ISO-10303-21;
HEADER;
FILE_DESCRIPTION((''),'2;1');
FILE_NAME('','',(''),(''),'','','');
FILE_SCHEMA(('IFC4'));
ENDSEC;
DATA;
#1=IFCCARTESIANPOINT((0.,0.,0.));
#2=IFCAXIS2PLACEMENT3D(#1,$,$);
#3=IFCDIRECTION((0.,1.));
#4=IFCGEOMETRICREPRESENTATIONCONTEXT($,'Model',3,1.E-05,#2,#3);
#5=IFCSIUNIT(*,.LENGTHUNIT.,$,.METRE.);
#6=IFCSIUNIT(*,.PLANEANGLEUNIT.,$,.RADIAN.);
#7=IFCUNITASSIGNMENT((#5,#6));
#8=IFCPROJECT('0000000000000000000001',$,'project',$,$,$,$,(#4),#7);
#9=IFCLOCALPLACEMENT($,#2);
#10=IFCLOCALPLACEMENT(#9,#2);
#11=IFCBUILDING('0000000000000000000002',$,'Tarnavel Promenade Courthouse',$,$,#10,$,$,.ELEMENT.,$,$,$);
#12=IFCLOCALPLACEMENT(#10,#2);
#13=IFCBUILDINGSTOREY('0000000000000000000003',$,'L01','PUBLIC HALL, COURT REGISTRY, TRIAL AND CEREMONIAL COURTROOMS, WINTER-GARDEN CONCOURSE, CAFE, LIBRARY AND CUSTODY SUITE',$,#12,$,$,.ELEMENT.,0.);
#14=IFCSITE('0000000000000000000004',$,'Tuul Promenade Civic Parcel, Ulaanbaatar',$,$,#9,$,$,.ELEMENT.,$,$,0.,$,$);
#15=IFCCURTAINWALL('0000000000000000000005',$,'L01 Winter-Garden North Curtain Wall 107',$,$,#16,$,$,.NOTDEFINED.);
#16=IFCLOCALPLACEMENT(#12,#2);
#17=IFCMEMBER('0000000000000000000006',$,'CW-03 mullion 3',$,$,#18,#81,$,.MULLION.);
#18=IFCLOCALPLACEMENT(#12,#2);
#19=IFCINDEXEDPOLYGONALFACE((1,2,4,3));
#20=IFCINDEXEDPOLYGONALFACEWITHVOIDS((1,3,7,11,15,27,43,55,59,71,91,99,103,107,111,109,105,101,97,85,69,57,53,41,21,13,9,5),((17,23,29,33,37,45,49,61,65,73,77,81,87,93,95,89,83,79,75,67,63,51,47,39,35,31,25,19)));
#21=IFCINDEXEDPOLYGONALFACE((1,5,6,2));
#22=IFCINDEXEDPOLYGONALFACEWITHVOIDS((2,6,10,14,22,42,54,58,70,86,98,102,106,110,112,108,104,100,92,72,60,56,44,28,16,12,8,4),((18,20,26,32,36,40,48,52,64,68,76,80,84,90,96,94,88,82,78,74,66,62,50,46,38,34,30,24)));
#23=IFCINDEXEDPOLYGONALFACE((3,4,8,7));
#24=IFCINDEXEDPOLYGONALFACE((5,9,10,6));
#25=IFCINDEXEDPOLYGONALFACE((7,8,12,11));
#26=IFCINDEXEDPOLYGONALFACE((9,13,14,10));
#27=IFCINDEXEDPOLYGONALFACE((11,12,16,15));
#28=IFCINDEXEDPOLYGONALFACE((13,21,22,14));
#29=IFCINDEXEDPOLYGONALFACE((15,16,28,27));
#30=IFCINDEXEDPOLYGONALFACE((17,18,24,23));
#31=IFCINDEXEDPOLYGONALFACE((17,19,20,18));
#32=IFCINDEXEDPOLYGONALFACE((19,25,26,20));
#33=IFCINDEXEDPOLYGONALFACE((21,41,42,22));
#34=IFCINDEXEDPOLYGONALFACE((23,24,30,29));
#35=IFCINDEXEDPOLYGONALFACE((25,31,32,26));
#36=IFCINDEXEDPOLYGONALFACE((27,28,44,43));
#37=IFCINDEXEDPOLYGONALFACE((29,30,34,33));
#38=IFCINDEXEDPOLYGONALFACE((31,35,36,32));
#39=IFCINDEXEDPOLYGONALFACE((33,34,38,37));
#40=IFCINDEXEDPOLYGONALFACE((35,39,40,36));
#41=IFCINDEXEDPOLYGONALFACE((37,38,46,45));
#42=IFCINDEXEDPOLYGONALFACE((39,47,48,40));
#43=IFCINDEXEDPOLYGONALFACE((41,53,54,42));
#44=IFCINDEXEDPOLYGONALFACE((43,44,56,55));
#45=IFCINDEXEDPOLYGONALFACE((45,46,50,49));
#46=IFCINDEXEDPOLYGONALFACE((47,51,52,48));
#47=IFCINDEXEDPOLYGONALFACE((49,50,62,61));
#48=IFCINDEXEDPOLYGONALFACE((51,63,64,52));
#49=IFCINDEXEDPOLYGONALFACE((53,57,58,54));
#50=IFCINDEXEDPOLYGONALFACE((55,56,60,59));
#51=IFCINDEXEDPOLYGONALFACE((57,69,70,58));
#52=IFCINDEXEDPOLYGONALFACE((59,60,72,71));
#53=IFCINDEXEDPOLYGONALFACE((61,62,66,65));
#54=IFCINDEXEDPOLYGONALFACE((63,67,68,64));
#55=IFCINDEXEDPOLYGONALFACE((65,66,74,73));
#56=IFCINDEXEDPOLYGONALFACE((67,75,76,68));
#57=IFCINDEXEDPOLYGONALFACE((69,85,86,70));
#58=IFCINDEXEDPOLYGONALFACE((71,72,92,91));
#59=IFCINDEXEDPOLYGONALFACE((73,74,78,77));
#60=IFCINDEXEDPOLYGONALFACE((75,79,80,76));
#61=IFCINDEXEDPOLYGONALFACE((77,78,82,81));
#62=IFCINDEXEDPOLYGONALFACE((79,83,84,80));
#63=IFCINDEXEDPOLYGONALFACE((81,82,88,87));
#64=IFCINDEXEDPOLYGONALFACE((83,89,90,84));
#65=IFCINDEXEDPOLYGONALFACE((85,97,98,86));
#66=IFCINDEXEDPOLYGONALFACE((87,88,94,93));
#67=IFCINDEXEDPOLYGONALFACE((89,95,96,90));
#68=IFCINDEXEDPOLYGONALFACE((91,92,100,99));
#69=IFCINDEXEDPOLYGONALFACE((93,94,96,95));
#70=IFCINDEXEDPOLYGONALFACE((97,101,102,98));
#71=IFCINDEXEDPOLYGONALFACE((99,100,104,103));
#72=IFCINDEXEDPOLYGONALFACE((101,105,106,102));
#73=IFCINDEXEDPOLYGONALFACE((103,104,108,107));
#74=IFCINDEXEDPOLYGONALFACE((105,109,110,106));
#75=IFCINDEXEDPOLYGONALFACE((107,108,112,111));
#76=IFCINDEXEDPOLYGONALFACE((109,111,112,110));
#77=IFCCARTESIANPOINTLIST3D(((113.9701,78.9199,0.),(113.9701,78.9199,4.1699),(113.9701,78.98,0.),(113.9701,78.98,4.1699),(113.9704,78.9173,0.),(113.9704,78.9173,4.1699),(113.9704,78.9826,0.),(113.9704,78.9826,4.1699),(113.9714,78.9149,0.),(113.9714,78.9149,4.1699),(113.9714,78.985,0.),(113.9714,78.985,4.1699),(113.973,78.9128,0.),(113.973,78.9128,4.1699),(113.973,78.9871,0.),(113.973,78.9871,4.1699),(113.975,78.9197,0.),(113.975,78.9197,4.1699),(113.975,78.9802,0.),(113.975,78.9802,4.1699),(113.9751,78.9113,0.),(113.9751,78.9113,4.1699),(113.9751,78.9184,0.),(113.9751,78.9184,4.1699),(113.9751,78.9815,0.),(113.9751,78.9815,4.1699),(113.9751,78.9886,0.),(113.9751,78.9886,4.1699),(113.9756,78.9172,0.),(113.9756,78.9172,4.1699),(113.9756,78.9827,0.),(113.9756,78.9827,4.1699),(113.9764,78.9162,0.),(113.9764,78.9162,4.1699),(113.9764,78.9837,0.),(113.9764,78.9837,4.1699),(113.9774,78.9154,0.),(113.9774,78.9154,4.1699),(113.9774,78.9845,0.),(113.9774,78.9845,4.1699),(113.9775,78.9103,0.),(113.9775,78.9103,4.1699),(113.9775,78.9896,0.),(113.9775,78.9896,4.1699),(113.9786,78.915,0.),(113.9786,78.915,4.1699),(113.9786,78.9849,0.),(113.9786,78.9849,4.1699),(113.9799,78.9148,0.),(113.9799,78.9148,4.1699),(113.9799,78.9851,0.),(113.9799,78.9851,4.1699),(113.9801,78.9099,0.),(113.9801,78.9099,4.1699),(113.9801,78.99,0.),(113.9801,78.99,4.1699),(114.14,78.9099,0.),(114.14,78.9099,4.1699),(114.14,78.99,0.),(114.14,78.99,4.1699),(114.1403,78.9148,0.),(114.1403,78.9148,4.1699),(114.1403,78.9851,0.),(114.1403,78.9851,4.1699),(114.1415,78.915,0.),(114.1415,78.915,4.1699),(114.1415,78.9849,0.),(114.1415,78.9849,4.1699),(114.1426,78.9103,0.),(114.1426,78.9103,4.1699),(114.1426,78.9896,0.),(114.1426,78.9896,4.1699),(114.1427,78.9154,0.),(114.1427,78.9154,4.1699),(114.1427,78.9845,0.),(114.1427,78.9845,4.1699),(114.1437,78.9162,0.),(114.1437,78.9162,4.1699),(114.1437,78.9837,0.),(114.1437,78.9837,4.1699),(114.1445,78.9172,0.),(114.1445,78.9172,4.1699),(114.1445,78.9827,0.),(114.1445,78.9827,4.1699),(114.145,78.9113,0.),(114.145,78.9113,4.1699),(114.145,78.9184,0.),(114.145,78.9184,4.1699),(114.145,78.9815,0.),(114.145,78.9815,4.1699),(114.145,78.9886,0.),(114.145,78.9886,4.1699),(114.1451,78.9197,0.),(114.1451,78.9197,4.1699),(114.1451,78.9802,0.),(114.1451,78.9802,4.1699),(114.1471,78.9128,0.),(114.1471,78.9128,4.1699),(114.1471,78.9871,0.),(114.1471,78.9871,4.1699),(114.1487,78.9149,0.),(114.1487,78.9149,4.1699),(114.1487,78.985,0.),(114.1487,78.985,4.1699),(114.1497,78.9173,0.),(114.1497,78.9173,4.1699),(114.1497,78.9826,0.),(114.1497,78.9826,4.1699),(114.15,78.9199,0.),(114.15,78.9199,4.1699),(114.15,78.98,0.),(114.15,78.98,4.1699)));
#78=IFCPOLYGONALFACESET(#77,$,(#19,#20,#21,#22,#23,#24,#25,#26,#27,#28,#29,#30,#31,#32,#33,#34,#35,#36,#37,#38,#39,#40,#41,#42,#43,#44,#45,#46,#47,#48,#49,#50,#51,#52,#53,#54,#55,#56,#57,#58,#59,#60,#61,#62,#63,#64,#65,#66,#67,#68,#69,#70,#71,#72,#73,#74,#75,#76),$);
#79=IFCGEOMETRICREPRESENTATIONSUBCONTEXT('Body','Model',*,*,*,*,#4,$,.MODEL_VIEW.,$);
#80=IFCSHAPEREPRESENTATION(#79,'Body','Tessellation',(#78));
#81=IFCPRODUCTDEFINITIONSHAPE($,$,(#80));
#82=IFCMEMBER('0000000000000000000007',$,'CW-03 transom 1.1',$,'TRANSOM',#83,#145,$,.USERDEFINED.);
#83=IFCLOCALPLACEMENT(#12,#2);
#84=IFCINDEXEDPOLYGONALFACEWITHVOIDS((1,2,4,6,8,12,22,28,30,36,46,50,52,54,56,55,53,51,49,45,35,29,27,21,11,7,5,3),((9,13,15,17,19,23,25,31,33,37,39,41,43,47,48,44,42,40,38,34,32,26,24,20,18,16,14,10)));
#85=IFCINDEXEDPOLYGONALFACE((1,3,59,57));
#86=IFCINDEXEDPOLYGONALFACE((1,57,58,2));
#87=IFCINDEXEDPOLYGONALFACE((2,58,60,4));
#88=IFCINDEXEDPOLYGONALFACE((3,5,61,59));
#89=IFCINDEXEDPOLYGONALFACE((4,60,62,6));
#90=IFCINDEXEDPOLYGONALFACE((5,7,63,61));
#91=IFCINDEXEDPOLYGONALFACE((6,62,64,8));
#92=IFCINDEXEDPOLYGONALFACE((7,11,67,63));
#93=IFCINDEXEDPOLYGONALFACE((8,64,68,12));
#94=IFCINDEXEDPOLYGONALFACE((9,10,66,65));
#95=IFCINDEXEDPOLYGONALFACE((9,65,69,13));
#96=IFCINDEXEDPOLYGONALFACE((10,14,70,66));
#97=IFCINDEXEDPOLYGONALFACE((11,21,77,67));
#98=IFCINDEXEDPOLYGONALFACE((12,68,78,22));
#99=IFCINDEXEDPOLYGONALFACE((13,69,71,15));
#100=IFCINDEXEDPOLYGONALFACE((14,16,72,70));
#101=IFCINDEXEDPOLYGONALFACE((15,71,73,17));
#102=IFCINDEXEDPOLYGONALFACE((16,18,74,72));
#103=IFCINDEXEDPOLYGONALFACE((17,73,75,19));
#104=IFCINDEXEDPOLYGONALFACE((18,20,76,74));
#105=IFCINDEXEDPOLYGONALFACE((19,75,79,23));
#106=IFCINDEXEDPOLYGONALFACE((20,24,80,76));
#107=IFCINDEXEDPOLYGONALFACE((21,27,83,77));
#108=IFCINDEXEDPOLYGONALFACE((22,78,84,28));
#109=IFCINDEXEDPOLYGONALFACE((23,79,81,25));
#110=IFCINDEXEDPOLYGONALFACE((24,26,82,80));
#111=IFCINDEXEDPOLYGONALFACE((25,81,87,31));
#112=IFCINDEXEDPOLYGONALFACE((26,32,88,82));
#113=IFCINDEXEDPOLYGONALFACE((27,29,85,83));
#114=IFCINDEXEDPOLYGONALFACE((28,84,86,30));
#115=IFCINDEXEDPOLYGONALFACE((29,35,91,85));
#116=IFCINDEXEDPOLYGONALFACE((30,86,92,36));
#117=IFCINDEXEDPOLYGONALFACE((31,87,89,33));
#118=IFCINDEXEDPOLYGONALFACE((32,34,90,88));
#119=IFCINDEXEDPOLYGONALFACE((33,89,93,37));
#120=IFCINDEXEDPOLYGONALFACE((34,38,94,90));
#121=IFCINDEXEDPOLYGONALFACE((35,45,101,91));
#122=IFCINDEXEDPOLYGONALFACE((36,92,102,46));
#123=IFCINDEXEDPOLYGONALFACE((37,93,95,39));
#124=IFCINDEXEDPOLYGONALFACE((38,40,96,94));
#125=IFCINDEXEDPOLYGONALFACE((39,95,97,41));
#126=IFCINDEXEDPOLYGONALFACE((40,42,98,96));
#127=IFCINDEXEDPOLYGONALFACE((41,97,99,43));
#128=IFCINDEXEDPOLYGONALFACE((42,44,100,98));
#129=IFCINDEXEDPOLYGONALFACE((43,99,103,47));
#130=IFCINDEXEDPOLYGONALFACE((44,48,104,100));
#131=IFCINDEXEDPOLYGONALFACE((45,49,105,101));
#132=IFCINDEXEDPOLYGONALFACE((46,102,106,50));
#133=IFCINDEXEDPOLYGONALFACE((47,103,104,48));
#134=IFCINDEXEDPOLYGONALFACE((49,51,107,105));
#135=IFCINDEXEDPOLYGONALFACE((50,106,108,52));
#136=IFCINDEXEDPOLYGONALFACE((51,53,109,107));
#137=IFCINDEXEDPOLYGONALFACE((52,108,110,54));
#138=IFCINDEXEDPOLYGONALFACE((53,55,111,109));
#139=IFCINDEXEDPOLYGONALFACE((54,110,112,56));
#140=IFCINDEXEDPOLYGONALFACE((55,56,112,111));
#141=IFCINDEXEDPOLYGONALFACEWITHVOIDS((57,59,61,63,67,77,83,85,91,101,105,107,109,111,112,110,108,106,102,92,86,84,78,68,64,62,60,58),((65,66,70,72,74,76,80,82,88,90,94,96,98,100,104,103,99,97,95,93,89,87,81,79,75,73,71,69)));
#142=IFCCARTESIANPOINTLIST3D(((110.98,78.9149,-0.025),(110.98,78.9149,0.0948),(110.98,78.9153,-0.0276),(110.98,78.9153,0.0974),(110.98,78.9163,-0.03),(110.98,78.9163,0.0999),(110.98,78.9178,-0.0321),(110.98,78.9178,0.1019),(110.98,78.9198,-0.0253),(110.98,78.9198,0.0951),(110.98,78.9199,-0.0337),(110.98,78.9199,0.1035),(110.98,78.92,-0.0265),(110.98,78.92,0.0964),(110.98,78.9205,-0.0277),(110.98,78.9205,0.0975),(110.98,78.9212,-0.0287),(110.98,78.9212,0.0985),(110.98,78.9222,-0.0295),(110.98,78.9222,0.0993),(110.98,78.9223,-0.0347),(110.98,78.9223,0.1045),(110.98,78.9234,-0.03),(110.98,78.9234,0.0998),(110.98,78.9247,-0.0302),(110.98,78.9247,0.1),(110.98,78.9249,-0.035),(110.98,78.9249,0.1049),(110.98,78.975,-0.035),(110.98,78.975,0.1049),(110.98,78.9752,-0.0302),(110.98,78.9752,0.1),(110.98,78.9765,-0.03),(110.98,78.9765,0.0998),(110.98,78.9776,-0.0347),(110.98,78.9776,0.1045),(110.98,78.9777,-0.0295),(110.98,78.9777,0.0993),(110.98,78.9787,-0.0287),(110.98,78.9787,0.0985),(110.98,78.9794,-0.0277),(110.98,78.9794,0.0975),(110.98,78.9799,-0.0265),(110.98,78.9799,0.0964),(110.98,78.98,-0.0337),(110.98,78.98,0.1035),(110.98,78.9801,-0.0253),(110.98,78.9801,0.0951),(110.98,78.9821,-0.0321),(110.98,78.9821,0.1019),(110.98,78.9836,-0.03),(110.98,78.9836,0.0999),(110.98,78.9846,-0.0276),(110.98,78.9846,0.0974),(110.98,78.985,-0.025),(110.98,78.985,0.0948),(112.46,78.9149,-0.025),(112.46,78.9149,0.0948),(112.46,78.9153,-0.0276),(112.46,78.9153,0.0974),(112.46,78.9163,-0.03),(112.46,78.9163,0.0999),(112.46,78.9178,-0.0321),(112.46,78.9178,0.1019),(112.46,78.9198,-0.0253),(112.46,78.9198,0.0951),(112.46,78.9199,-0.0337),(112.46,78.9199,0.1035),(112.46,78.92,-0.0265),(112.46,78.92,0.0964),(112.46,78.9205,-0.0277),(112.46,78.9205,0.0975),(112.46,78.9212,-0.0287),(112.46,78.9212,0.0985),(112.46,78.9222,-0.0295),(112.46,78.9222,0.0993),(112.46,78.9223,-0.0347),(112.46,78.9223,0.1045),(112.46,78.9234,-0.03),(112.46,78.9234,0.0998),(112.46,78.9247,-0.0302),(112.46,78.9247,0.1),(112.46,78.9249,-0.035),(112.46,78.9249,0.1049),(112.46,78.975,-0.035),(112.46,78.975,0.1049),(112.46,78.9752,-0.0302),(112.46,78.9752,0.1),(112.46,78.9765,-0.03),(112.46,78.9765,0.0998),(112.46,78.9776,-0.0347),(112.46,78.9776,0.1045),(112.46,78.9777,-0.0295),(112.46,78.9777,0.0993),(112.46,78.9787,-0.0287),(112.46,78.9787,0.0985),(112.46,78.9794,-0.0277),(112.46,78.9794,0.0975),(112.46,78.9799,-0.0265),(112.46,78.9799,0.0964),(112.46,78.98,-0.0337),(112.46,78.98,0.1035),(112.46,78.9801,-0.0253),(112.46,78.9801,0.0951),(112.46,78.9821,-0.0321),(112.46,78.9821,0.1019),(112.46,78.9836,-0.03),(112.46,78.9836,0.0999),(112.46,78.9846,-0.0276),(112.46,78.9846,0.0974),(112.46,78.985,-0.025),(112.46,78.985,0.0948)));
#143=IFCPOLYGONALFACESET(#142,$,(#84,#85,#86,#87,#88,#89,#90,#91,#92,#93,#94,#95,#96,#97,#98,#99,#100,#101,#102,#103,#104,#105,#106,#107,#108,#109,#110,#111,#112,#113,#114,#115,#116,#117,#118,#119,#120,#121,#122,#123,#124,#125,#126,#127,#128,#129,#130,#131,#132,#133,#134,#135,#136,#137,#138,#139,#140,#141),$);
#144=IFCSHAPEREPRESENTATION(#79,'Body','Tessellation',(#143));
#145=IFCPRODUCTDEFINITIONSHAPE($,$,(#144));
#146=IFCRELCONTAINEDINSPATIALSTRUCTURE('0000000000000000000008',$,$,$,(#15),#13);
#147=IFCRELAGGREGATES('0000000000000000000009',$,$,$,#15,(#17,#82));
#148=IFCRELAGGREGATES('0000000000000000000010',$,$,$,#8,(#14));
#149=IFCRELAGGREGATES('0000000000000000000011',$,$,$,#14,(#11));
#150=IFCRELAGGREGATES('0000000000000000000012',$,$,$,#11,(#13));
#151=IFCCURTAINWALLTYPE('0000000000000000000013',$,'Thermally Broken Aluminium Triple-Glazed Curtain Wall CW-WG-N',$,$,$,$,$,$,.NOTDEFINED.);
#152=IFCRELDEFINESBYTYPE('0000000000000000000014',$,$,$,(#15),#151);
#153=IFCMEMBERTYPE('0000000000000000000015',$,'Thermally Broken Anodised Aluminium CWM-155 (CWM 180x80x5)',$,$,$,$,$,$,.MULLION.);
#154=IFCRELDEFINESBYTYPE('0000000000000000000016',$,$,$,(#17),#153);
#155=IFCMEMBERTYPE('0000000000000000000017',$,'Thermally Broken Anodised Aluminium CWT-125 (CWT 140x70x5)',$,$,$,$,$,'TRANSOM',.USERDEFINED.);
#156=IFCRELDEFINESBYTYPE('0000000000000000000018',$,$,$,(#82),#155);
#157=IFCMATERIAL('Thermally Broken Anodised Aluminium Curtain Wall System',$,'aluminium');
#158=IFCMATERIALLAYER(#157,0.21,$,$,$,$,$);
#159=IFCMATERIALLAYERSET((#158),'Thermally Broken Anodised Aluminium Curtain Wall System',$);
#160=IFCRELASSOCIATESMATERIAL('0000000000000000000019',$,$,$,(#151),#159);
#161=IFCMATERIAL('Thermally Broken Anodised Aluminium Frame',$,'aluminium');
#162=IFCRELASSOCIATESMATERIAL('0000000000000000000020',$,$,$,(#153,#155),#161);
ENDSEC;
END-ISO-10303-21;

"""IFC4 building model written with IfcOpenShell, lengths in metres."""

from ifc_helpers import new_model, si_unit, direction, frame, origin, origin_2d, place, context, subcontext, project, spatial, hollow_rectangle, extrude, material, layer, layer_set, material_profile, profile_set, type_object, element, aggregate, save


model = new_model("IFC4")

# Units and contexts
model_context = context("Model", 3, precision=1e-05, world=origin(), true_north=direction((0.0, 1.0)))
body_context = subcontext(model_context, "Body", "Model", "MODEL_VIEW")
ifc_project = project(units=[si_unit("LENGTHUNIT", "METRE"), si_unit("PLANEANGLEUNIT", "RADIAN")], contexts=[model_context])

# Site, building, storey
site_placement = place(None, origin())
site = spatial("IfcSite", under=ifc_project, at=site_placement, Name="Tuul Promenade Civic Parcel, Ulaanbaatar", CompositionType="ELEMENT", RefElevation=0.0)
building_placement = place(site_placement, origin())
building = spatial("IfcBuilding", under=site, at=building_placement, Name="Tarnavel Promenade Courthouse", CompositionType="ELEMENT")
storey_placement = place(building_placement, origin())
storey = spatial("IfcBuildingStorey", under=building, at=storey_placement, Name="L01", Description="PUBLIC HALL, COURT REGISTRY, TRIAL AND CEREMONIAL COURTROOMS, WINTER-GARDEN CONCOURSE, CAFE, LIBRARY AND CUSTODY SUITE", CompositionType="ELEMENT", Elevation=0.0)

# Curtain wall, members
ifc_material_1 = material(Name="Thermally Broken Anodised Aluminium Curtain Wall System", Category="aluminium")
ifc_layer_1 = layer(ifc_material_1, 0.21)
ifc_layer_set_1 = layer_set([ifc_layer_1], Name="Thermally Broken Anodised Aluminium Curtain Wall System")
curtain_wall_type = type_object("IfcCurtainWallType", Name="Thermally Broken Aluminium Triple-Glazed Curtain Wall CW-WG-N", PredefinedType="NOTDEFINED", material=ifc_layer_set_1)
curtain_wall_placement = place(storey_placement, origin())
curtain_wall = element("IfcCurtainWall", 1, at=curtain_wall_placement, inside=storey, type_object=curtain_wall_type, Name="L01 Winter-Garden North Curtain Wall 107", PredefinedType="NOTDEFINED")
ifc_material_2 = material(Name="Thermally Broken Anodised Aluminium Frame", Category="aluminium")
ifc_material_profile_1 = material_profile(ifc_material_2, hollow_rectangle(XDim=0.0801, YDim=0.1799, WallThickness=0.0049, InnerFilletRadius=0.0049, OuterFilletRadius=0.01, at=origin_2d()), Name="CWM 180x80x5")
ifc_profile_set_1 = profile_set([ifc_material_profile_1], Name="Thermally Broken Anodised Aluminium Frame")
member_type_1 = type_object("IfcMemberType", Name="Thermally Broken Anodised Aluminium CWM-155 (CWM 180x80x5)", PredefinedType="MULLION", material=ifc_profile_set_1)
member_1_placement = place(storey_placement, frame((114.0601, 78.95, 0.0), z_axis=(0.0, 0.0, 1.0), x_axis=(0.0, 1.0, 0.0)))
member_1 = element("IfcMember", 2, at=member_1_placement, type_object=member_type_1, Name="CW-03 mullion 3", PredefinedType="MULLION", context=body_context, shape_type="SweptSolid", body=[
    extrude(hollow_rectangle(XDim=0.0801, YDim=0.1799, WallThickness=0.0049, InnerFilletRadius=0.0049, OuterFilletRadius=0.01, at=origin_2d()), origin(), (0.0, 0.0, 1.0), 4.1699),
])
ifc_material_profile_2 = material_profile(ifc_material_2, hollow_rectangle(XDim=0.0701, YDim=0.1399, WallThickness=0.0049, InnerFilletRadius=0.0049, OuterFilletRadius=0.01, at=origin_2d()), Name="CWT 140x70x5")
ifc_profile_set_2 = profile_set([ifc_material_profile_2], Name="Thermally Broken Anodised Aluminium Frame")
member_type_2 = type_object("IfcMemberType", Name="Thermally Broken Anodised Aluminium CWT-125 (CWT 140x70x5)", ElementType="TRANSOM", PredefinedType="USERDEFINED", material=ifc_profile_set_2)
member_2_placement = place(storey_placement, frame((110.98, 78.95, 0.0349), z_axis=(1.0, 0.0, 0.0), x_axis=(0.0, 1.0, 0.0)))
member_2 = element("IfcMember", 3, at=member_2_placement, type_object=member_type_2, Name="CW-03 transom 1.1", ObjectType="TRANSOM", PredefinedType="USERDEFINED", context=body_context, shape_type="SweptSolid", body=[
    extrude(hollow_rectangle(XDim=0.0701, YDim=0.1399, WallThickness=0.0049, InnerFilletRadius=0.0049, OuterFilletRadius=0.01, at=origin_2d()), origin(), (0.0, 0.0, 1.0), 1.48),
])
aggregate(curtain_wall, [member_1, member_2])

save(model, "model.ifc")
